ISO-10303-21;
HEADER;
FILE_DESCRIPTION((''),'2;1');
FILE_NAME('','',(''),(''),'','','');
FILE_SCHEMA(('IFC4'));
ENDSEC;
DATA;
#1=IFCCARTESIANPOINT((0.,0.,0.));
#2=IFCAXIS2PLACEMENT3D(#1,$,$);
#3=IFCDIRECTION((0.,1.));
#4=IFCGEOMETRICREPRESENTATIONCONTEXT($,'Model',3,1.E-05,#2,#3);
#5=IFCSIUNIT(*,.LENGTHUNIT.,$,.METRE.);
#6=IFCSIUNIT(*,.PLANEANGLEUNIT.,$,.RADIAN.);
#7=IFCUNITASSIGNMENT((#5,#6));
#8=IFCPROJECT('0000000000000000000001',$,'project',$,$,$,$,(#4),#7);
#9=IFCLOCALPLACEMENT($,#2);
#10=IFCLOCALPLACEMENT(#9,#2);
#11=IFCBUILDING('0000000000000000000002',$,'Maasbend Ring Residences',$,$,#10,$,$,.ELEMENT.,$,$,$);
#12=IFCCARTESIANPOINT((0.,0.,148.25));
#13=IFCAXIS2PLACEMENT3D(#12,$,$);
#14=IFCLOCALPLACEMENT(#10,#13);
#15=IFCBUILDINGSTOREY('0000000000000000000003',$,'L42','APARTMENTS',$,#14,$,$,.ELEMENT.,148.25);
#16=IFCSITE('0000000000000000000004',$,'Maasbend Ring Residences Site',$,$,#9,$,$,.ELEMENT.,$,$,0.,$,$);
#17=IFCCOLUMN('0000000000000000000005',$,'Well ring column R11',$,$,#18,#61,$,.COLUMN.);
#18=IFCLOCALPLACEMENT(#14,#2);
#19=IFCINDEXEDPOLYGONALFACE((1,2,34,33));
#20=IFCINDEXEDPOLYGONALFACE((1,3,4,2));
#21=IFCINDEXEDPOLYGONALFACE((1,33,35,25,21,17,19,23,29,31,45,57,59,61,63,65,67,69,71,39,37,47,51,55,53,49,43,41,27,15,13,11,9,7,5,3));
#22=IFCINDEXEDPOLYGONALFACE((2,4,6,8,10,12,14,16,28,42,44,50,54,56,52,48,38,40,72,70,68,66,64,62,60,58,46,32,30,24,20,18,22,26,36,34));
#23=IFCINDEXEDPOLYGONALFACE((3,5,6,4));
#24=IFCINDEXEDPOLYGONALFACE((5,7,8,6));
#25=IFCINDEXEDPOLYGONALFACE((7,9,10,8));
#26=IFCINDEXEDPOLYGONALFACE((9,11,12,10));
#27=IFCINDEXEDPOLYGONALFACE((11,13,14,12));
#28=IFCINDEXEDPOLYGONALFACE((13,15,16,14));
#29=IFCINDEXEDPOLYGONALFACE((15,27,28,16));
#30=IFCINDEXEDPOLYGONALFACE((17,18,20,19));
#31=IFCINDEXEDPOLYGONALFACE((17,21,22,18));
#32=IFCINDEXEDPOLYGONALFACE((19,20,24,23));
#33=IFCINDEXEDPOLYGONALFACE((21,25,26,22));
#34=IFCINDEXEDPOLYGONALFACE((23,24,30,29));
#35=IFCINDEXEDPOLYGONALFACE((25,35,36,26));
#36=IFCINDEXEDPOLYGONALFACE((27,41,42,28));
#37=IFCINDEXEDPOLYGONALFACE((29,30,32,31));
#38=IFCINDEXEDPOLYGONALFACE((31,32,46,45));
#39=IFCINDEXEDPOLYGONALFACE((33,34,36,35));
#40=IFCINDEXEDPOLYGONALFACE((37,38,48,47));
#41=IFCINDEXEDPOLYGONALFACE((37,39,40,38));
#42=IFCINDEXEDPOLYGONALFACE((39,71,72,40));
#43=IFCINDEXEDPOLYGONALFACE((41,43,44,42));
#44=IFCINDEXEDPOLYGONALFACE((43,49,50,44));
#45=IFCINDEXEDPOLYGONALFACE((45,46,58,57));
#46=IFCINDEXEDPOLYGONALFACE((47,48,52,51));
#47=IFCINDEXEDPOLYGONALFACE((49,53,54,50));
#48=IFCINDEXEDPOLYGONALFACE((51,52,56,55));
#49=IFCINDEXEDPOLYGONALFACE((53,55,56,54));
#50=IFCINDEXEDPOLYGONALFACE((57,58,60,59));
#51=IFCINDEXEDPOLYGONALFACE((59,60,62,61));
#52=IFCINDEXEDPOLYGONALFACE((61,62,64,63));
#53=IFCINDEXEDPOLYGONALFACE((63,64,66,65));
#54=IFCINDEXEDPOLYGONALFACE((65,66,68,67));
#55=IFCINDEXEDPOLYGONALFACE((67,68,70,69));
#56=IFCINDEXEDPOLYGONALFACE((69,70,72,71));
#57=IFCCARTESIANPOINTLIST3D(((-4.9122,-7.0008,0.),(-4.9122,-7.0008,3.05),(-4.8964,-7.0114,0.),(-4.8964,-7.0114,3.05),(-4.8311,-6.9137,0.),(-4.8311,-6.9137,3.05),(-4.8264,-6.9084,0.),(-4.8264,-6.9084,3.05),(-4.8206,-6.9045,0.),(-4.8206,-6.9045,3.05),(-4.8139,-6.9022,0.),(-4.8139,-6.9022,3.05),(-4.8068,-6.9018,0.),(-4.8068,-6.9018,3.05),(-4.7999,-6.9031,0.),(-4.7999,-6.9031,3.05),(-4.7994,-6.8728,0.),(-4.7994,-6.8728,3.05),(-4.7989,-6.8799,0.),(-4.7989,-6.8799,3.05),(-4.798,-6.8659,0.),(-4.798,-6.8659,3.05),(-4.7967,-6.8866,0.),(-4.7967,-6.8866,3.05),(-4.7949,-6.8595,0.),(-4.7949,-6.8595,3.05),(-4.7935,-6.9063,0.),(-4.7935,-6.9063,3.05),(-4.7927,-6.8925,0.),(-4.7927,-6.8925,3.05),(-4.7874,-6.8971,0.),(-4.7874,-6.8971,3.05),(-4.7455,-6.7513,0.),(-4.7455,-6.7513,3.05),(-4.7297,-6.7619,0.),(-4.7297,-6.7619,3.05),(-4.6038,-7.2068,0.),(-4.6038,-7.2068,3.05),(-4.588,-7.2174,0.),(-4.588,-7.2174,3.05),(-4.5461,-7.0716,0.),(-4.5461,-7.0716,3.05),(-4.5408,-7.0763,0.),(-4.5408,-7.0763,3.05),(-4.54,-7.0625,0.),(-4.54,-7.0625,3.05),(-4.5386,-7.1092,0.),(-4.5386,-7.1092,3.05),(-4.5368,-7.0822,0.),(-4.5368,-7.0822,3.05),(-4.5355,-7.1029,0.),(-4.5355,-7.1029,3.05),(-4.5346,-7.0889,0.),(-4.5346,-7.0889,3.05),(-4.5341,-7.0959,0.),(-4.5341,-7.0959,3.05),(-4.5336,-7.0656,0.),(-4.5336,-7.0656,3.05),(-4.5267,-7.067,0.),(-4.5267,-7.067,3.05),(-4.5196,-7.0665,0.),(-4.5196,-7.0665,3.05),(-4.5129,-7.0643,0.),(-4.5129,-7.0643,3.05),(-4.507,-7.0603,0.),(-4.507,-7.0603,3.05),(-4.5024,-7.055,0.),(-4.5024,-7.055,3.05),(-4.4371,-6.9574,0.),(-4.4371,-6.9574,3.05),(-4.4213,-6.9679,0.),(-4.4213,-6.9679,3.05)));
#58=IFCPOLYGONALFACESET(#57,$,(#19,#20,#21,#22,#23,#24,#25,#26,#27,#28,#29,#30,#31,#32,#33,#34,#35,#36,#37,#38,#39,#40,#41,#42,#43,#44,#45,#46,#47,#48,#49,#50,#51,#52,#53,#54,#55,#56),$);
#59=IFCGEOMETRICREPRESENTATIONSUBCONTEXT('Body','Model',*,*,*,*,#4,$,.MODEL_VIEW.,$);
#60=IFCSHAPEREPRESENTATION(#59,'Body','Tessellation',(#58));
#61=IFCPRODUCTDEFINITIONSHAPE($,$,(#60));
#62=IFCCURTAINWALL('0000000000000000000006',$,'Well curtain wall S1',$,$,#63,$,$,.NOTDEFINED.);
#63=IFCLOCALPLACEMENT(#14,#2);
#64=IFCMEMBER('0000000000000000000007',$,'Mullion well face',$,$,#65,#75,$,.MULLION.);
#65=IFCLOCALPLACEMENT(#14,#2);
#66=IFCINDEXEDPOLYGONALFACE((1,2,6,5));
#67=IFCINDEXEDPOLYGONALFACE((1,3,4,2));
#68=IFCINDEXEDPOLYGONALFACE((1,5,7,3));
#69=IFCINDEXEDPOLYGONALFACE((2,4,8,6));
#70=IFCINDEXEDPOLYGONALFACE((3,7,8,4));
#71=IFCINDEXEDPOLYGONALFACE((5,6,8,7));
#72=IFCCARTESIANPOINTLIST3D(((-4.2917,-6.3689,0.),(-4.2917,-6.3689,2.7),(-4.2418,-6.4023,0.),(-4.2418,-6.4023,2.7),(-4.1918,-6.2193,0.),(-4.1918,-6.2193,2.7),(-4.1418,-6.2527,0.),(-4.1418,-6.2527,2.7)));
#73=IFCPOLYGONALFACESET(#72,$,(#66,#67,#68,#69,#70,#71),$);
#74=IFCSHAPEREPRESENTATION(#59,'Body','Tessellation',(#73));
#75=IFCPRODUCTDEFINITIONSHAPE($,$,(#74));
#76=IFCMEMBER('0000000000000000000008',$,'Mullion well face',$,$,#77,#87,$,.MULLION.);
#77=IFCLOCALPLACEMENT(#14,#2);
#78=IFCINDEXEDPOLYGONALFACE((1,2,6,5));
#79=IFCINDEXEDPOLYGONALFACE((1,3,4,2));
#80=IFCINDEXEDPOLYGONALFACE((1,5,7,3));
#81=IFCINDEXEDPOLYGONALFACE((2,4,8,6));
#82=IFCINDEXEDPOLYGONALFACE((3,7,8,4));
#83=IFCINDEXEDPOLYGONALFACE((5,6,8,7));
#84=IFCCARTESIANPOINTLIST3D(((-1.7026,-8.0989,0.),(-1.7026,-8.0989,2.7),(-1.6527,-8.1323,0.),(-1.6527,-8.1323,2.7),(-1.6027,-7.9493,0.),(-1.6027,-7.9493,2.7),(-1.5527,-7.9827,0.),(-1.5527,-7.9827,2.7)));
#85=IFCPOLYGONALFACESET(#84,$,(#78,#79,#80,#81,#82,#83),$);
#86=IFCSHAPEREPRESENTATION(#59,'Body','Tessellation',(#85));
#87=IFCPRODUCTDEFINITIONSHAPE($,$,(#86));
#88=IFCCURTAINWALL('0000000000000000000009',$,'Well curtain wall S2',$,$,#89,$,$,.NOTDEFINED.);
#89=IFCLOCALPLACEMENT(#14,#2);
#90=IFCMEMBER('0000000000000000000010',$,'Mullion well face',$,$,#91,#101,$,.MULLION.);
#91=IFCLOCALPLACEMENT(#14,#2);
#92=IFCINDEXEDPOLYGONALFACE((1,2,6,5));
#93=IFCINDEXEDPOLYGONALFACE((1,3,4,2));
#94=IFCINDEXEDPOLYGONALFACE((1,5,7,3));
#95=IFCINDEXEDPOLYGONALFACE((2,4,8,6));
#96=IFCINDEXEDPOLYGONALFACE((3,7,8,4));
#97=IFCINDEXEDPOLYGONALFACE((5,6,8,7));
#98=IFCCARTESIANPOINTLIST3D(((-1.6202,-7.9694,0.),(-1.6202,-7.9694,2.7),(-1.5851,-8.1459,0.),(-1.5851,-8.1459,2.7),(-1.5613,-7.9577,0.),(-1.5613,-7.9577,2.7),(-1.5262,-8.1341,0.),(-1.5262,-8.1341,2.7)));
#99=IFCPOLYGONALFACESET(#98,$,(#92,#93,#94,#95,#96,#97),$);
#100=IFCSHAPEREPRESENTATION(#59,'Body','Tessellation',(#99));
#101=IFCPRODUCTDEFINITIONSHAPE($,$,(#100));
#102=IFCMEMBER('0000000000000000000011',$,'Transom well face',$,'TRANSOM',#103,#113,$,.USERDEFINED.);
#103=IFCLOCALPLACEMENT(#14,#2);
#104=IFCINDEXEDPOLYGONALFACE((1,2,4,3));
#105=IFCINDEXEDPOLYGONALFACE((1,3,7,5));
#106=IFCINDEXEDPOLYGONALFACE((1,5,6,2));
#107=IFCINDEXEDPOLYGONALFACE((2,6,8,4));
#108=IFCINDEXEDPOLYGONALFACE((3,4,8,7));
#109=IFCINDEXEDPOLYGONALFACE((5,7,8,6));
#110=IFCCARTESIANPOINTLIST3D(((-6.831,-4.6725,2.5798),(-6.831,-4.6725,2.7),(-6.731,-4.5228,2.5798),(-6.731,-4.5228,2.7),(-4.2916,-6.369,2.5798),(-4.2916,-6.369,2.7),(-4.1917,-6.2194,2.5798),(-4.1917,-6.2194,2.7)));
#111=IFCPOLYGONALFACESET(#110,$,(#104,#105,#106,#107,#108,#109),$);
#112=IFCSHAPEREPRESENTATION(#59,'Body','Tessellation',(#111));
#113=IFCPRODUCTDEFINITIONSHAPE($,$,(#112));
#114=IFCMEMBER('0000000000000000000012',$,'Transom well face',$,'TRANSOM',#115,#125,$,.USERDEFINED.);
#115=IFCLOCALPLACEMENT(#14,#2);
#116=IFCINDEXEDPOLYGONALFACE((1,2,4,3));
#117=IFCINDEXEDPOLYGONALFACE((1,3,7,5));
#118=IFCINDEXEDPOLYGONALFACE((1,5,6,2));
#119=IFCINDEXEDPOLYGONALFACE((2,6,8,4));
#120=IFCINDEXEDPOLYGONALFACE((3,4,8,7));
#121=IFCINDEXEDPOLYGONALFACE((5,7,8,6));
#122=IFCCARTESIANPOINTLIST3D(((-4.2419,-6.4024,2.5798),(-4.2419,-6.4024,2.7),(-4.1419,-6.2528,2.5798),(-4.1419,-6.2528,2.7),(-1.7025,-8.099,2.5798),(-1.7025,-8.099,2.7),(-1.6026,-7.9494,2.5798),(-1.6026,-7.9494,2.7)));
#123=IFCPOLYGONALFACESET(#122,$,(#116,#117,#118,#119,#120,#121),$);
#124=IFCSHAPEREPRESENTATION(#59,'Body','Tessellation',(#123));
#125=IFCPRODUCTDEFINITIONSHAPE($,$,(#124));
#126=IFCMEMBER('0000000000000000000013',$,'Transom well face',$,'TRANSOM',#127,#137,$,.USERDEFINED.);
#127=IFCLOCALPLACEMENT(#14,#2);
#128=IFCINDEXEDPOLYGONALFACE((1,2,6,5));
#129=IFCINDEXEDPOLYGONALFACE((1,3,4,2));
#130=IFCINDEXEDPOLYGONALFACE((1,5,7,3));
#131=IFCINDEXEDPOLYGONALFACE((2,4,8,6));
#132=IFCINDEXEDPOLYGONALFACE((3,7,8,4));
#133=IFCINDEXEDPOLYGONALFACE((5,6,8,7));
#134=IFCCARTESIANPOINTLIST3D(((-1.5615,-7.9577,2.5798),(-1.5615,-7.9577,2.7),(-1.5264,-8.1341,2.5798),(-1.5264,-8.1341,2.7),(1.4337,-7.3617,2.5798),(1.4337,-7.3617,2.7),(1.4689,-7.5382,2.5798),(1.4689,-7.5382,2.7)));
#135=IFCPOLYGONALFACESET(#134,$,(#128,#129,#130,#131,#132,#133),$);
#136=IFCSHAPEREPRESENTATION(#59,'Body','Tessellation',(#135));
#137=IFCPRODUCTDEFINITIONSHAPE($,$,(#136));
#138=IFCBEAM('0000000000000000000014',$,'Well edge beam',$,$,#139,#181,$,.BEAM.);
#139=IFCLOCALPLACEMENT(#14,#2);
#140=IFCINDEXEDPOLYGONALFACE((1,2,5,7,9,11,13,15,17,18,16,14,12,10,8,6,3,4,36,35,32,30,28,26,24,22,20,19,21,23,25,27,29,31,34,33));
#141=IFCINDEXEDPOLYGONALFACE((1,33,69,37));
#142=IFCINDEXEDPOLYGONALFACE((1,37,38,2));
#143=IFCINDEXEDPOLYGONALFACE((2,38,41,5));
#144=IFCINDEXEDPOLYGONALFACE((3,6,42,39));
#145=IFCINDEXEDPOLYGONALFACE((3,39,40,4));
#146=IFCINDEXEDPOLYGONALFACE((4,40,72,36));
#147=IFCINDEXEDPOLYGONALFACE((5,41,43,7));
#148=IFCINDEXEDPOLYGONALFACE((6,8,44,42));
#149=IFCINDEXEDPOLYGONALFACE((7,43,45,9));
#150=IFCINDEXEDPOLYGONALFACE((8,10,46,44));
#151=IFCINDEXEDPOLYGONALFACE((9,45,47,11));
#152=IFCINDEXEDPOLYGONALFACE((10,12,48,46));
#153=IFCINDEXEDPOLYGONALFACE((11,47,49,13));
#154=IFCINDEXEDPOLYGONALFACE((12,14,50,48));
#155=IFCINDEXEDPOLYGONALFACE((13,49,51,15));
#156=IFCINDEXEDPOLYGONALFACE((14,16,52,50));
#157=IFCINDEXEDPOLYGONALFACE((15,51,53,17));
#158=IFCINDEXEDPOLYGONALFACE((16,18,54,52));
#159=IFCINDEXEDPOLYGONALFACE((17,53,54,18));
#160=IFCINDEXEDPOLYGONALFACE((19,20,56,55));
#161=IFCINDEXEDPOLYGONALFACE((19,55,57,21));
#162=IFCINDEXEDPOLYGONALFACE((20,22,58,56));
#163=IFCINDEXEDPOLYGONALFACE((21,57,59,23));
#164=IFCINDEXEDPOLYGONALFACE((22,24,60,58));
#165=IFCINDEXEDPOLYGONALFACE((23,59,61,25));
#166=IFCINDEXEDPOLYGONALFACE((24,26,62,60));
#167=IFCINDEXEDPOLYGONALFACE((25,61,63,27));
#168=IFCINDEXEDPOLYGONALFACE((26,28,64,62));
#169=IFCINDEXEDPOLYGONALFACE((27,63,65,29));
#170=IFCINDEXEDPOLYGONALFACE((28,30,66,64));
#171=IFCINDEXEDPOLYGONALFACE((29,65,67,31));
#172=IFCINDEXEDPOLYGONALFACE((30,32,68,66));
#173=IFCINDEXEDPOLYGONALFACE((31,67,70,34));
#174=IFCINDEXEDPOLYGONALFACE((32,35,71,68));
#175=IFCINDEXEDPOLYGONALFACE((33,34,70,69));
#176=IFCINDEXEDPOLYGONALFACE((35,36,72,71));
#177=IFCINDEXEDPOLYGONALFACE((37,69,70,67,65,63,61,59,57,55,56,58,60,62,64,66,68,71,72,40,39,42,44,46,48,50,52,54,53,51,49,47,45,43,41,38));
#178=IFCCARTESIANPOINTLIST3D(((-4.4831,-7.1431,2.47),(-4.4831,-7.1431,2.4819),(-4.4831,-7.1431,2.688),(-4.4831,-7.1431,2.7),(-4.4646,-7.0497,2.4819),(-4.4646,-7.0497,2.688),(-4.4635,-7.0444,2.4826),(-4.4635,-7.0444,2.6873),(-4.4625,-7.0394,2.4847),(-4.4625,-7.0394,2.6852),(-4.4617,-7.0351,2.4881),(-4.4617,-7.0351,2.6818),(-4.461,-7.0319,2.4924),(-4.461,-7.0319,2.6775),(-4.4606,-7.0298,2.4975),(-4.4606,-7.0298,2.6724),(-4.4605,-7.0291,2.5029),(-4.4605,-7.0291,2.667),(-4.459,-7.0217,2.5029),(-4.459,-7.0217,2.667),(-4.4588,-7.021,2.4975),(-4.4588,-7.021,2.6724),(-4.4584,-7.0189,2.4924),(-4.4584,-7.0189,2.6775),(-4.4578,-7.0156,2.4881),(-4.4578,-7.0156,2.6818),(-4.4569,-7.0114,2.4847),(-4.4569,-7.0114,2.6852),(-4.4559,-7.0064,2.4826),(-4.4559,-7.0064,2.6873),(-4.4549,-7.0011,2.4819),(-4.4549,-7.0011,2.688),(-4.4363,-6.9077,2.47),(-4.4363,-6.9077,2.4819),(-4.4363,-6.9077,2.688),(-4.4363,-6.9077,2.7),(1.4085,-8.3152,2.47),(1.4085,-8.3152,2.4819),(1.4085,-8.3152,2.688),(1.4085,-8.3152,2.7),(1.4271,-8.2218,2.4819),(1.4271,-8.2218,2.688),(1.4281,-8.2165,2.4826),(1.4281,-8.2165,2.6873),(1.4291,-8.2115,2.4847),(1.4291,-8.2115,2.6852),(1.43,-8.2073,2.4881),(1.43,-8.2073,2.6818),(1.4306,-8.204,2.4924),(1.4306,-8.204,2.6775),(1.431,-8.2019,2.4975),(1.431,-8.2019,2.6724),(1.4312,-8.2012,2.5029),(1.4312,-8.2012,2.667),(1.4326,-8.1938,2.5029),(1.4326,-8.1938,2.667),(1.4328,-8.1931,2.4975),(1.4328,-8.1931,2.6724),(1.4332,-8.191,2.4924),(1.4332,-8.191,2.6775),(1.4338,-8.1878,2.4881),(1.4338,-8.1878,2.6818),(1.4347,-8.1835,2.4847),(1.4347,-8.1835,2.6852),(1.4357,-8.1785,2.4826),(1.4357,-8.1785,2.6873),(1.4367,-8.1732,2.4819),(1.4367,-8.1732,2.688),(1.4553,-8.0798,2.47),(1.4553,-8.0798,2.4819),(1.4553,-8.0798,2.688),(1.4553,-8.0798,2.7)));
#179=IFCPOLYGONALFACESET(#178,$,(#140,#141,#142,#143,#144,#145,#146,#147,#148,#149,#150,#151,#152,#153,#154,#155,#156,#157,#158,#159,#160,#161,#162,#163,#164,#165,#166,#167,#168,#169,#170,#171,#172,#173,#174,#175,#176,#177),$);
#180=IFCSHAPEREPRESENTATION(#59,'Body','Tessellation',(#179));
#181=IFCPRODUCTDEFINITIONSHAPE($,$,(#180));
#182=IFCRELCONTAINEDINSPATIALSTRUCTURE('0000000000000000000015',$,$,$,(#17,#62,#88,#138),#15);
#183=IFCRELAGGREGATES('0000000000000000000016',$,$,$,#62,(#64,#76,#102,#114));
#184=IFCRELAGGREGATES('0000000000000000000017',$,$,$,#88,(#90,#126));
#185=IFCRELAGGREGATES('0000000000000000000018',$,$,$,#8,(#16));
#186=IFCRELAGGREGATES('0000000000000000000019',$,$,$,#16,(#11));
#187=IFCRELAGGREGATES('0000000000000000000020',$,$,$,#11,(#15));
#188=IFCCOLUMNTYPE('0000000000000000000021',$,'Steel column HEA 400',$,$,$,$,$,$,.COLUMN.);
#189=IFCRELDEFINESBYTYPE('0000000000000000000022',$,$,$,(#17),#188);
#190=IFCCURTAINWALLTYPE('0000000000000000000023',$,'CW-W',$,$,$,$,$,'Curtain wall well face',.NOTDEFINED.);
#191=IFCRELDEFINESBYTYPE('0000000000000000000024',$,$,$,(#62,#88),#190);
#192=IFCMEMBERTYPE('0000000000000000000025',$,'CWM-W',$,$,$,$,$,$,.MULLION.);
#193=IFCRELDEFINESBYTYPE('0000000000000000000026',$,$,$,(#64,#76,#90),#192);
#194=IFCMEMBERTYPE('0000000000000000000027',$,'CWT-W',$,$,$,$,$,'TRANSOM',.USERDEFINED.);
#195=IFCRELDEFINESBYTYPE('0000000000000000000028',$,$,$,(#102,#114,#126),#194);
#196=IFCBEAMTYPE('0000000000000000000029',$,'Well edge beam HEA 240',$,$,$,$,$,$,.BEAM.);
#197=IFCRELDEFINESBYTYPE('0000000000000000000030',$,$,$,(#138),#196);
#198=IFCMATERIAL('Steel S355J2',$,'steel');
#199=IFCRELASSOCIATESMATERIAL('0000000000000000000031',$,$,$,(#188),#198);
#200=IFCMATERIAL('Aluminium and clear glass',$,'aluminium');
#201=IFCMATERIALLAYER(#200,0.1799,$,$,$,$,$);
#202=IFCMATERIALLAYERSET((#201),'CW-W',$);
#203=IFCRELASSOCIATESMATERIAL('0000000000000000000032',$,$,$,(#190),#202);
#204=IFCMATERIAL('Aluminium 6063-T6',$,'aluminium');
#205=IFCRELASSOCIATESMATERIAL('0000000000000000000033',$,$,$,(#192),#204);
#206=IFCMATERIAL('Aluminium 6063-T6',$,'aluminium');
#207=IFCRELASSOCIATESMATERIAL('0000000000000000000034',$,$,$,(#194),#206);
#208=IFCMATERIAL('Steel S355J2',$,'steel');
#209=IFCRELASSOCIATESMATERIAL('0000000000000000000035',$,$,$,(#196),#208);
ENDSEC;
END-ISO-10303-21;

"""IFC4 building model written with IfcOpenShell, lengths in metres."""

from ifc_helpers import new_model, si_unit, direction, frame, origin, origin_2d, place, context, subcontext, project, spatial, rectangle, i_section, extrude, material, layer, layer_set, material_profile, profile_set, type_object, element, aggregate, save


model = new_model("IFC4")

# Units and contexts
model_context = context("Model", 3, precision=1e-05, world=origin(), true_north=direction((0.0, 1.0)))
body_context = subcontext(model_context, "Body", "Model", "MODEL_VIEW")
ifc_project = project(units=[si_unit("LENGTHUNIT", "METRE"), si_unit("PLANEANGLEUNIT", "RADIAN")], contexts=[model_context])

# Site, building, storey
site_placement = place(None, origin())
site = spatial("IfcSite", under=ifc_project, at=site_placement, Name="Maasbend Ring Residences Site", CompositionType="ELEMENT", RefElevation=0.0)
building_placement = place(site_placement, origin())
building = spatial("IfcBuilding", under=site, at=building_placement, Name="Maasbend Ring Residences", CompositionType="ELEMENT")
storey_placement = place(building_placement, frame((0.0, 0.0, 148.25)))
storey = spatial("IfcBuildingStorey", under=building, at=storey_placement, Name="L42", Description="APARTMENTS", CompositionType="ELEMENT", Elevation=148.25)

# Column
ifc_material_1 = material(Name="Steel S355J2", Category="steel")
ifc_material_profile_1 = material_profile(ifc_material_1, i_section(OverallWidth=0.3, OverallDepth=0.3899, WebThickness=0.011, FlangeThickness=0.019, FilletRadius=0.0271, at=origin_2d()), Name="HEA 400")
ifc_profile_set_1 = profile_set([ifc_material_profile_1], Name="Steel S355J2")
column_type = type_object("IfcColumnType", Name="Steel column HEA 400", PredefinedType="COLUMN", material=ifc_profile_set_1)
column_placement = place(storey_placement, frame((-4.6667, -6.9844, 0.0), z_axis=(0.0, 0.0, 1.0), x_axis=(-0.55557, -0.83147, 0.0)))
element("IfcColumn", 1, at=column_placement, inside=storey, type_object=column_type, Name="Well ring column R11", PredefinedType="COLUMN", context=body_context, shape_type="SweptSolid", body=[
    extrude(i_section(OverallWidth=0.3, OverallDepth=0.3899, WebThickness=0.011, FlangeThickness=0.019, FilletRadius=0.0271, at=origin_2d()), origin(), (0.0, 0.0, 1.0), 3.05),
])

# Curtain wall, members
ifc_material_2 = material(Name="Aluminium and clear glass", Category="aluminium")
ifc_layer_1 = layer(ifc_material_2, 0.1799)
ifc_layer_set_1 = layer_set([ifc_layer_1], Name="CW-W")
curtain_wall_type = type_object("IfcCurtainWallType", Name="CW-W", ElementType="Curtain wall well face", PredefinedType="NOTDEFINED", material=ifc_layer_set_1)
curtain_wall_1_placement = place(storey_placement, origin())
curtain_wall_1 = element("IfcCurtainWall", 2, at=curtain_wall_1_placement, inside=storey, type_object=curtain_wall_type, Name="Well curtain wall S1", PredefinedType="NOTDEFINED")
ifc_material_3 = material(Name="Aluminium 6063-T6", Category="aluminium")
ifc_material_profile_2 = material_profile(ifc_material_3, rectangle(XDim=0.1799, YDim=0.0601, at=origin_2d()), Name="AL 180x60")
ifc_profile_set_2 = profile_set([ifc_material_profile_2], Name="Aluminium 6063-T6")
member_type_1 = type_object("IfcMemberType", Name="CWM-W", PredefinedType="MULLION", material=ifc_profile_set_2)
member_1_placement = place(storey_placement, frame((-4.2168, -6.3108, 0.0), z_axis=(0.0, 0.0, 1.0), x_axis=(0.55557, 0.83147, 0.0)))
member_1 = element("IfcMember", 3, at=member_1_placement, type_object=member_type_1, Name="Mullion well face", PredefinedType="MULLION", context=body_context, shape_type="SweptSolid", body=[
    extrude(rectangle(XDim=0.1799, YDim=0.0601, at=origin_2d()), origin(), (0.0, 0.0, 1.0), 2.7),
])
member_2_placement = place(storey_placement, frame((-1.6277, -8.0408, 0.0), z_axis=(0.0, 0.0, 1.0), x_axis=(0.55557, 0.83147, 0.0)))
member_2 = element("IfcMember", 4, at=member_2_placement, type_object=member_type_1, Name="Mullion well face", PredefinedType="MULLION", context=body_context, shape_type="SweptSolid", body=[
    extrude(rectangle(XDim=0.1799, YDim=0.0601, at=origin_2d()), origin(), (0.0, 0.0, 1.0), 2.7),
])

# Curtain wall, member
curtain_wall_2_placement = place(storey_placement, origin())
curtain_wall_2 = element("IfcCurtainWall", 5, at=curtain_wall_2_placement, inside=storey, type_object=curtain_wall_type, Name="Well curtain wall S2", PredefinedType="NOTDEFINED")
member_3_placement = place(storey_placement, frame((-1.5732, -8.0518, 0.0), z_axis=(0.0, 0.0, 1.0), x_axis=(-0.19509, 0.980785, 0.0)))
member_3 = element("IfcMember", 6, at=member_3_placement, type_object=member_type_1, Name="Mullion well face", PredefinedType="MULLION", context=body_context, shape_type="SweptSolid", body=[
    extrude(rectangle(XDim=0.1799, YDim=0.0601, at=origin_2d()), origin(), (0.0, 0.0, 1.0), 2.7),
])

# Members
ifc_material_4 = material(Name="Aluminium 6063-T6", Category="aluminium")
ifc_material_profile_3 = material_profile(ifc_material_4, rectangle(XDim=0.1799, YDim=0.1201, at=origin_2d()), Name="AL 180x120")
ifc_profile_set_3 = profile_set([ifc_material_profile_3], Name="Aluminium 6063-T6")
member_type_2 = type_object("IfcMemberType", Name="CWT-W", ElementType="TRANSOM", PredefinedType="USERDEFINED", material=ifc_profile_set_3)
member_4_placement = place(storey_placement, frame((-6.781, -4.5977, 2.6399), z_axis=(0.831496, -0.55553, 0.0), x_axis=(0.55553, 0.831496, 0.0)))
member_4 = element("IfcMember", 7, at=member_4_placement, type_object=member_type_2, Name="Transom well face", ObjectType="TRANSOM", PredefinedType="USERDEFINED", context=body_context, shape_type="SweptSolid", body=[
    extrude(rectangle(XDim=0.1799, YDim=0.1201, at=origin_2d()), origin(), (0.0, 0.0, 1.0), 3.054),
])
member_5_placement = place(storey_placement, frame((-4.1919, -6.3276, 2.6399), z_axis=(0.831496, -0.55553, 0.0), x_axis=(0.55553, 0.831496, 0.0)))
member_5 = element("IfcMember", 8, at=member_5_placement, type_object=member_type_2, Name="Transom well face", ObjectType="TRANSOM", PredefinedType="USERDEFINED", context=body_context, shape_type="SweptSolid", body=[
    extrude(rectangle(XDim=0.1799, YDim=0.1201, at=origin_2d()), origin(), (0.0, 0.0, 1.0), 3.054),
])
member_6_placement = place(storey_placement, frame((-1.5439, -8.0459, 2.6399), z_axis=(0.980777, 0.195132, 0.0), x_axis=(-0.195132, 0.980777, 0.0)))
member_6 = element("IfcMember", 9, at=member_6_placement, type_object=member_type_2, Name="Transom well face", ObjectType="TRANSOM", PredefinedType="USERDEFINED", context=body_context, shape_type="SweptSolid", body=[
    extrude(rectangle(XDim=0.1799, YDim=0.1201, at=origin_2d()), origin(), (0.0, 0.0, 1.0), 3.054),
])

# Beam
ifc_material_5 = material(Name="Steel S355J2", Category="steel")
ifc_material_profile_4 = material_profile(ifc_material_5, i_section(OverallWidth=0.24, OverallDepth=0.23, WebThickness=0.0076, FlangeThickness=0.012, FilletRadius=0.021, at=origin_2d()), Name="HEA 240")
ifc_profile_set_4 = profile_set([ifc_material_profile_4], Name="Steel S355J2")
beam_type = type_object("IfcBeamType", Name="Well edge beam HEA 240", PredefinedType="BEAM", material=ifc_profile_set_4)
beam_placement = place(storey_placement, frame((-4.4597, -7.0254, 2.585), z_axis=(0.980779, -0.195123, 0.0), x_axis=(0.195123, 0.980779, 0.0)))
element("IfcBeam", 10, at=beam_placement, inside=storey, type_object=beam_type, Name="Well edge beam", PredefinedType="BEAM", context=body_context, shape_type="SweptSolid", body=[
    extrude(i_section(OverallWidth=0.24, OverallDepth=0.23, WebThickness=0.0076, FlangeThickness=0.012, FilletRadius=0.021, at=origin_2d()), origin(), (0.0, 0.0, 1.0), 6.0071),
])

aggregate(curtain_wall_1, [member_1, member_2, member_4, member_5])
aggregate(curtain_wall_2, [member_3, member_6])

save(model, "model.ifc")
